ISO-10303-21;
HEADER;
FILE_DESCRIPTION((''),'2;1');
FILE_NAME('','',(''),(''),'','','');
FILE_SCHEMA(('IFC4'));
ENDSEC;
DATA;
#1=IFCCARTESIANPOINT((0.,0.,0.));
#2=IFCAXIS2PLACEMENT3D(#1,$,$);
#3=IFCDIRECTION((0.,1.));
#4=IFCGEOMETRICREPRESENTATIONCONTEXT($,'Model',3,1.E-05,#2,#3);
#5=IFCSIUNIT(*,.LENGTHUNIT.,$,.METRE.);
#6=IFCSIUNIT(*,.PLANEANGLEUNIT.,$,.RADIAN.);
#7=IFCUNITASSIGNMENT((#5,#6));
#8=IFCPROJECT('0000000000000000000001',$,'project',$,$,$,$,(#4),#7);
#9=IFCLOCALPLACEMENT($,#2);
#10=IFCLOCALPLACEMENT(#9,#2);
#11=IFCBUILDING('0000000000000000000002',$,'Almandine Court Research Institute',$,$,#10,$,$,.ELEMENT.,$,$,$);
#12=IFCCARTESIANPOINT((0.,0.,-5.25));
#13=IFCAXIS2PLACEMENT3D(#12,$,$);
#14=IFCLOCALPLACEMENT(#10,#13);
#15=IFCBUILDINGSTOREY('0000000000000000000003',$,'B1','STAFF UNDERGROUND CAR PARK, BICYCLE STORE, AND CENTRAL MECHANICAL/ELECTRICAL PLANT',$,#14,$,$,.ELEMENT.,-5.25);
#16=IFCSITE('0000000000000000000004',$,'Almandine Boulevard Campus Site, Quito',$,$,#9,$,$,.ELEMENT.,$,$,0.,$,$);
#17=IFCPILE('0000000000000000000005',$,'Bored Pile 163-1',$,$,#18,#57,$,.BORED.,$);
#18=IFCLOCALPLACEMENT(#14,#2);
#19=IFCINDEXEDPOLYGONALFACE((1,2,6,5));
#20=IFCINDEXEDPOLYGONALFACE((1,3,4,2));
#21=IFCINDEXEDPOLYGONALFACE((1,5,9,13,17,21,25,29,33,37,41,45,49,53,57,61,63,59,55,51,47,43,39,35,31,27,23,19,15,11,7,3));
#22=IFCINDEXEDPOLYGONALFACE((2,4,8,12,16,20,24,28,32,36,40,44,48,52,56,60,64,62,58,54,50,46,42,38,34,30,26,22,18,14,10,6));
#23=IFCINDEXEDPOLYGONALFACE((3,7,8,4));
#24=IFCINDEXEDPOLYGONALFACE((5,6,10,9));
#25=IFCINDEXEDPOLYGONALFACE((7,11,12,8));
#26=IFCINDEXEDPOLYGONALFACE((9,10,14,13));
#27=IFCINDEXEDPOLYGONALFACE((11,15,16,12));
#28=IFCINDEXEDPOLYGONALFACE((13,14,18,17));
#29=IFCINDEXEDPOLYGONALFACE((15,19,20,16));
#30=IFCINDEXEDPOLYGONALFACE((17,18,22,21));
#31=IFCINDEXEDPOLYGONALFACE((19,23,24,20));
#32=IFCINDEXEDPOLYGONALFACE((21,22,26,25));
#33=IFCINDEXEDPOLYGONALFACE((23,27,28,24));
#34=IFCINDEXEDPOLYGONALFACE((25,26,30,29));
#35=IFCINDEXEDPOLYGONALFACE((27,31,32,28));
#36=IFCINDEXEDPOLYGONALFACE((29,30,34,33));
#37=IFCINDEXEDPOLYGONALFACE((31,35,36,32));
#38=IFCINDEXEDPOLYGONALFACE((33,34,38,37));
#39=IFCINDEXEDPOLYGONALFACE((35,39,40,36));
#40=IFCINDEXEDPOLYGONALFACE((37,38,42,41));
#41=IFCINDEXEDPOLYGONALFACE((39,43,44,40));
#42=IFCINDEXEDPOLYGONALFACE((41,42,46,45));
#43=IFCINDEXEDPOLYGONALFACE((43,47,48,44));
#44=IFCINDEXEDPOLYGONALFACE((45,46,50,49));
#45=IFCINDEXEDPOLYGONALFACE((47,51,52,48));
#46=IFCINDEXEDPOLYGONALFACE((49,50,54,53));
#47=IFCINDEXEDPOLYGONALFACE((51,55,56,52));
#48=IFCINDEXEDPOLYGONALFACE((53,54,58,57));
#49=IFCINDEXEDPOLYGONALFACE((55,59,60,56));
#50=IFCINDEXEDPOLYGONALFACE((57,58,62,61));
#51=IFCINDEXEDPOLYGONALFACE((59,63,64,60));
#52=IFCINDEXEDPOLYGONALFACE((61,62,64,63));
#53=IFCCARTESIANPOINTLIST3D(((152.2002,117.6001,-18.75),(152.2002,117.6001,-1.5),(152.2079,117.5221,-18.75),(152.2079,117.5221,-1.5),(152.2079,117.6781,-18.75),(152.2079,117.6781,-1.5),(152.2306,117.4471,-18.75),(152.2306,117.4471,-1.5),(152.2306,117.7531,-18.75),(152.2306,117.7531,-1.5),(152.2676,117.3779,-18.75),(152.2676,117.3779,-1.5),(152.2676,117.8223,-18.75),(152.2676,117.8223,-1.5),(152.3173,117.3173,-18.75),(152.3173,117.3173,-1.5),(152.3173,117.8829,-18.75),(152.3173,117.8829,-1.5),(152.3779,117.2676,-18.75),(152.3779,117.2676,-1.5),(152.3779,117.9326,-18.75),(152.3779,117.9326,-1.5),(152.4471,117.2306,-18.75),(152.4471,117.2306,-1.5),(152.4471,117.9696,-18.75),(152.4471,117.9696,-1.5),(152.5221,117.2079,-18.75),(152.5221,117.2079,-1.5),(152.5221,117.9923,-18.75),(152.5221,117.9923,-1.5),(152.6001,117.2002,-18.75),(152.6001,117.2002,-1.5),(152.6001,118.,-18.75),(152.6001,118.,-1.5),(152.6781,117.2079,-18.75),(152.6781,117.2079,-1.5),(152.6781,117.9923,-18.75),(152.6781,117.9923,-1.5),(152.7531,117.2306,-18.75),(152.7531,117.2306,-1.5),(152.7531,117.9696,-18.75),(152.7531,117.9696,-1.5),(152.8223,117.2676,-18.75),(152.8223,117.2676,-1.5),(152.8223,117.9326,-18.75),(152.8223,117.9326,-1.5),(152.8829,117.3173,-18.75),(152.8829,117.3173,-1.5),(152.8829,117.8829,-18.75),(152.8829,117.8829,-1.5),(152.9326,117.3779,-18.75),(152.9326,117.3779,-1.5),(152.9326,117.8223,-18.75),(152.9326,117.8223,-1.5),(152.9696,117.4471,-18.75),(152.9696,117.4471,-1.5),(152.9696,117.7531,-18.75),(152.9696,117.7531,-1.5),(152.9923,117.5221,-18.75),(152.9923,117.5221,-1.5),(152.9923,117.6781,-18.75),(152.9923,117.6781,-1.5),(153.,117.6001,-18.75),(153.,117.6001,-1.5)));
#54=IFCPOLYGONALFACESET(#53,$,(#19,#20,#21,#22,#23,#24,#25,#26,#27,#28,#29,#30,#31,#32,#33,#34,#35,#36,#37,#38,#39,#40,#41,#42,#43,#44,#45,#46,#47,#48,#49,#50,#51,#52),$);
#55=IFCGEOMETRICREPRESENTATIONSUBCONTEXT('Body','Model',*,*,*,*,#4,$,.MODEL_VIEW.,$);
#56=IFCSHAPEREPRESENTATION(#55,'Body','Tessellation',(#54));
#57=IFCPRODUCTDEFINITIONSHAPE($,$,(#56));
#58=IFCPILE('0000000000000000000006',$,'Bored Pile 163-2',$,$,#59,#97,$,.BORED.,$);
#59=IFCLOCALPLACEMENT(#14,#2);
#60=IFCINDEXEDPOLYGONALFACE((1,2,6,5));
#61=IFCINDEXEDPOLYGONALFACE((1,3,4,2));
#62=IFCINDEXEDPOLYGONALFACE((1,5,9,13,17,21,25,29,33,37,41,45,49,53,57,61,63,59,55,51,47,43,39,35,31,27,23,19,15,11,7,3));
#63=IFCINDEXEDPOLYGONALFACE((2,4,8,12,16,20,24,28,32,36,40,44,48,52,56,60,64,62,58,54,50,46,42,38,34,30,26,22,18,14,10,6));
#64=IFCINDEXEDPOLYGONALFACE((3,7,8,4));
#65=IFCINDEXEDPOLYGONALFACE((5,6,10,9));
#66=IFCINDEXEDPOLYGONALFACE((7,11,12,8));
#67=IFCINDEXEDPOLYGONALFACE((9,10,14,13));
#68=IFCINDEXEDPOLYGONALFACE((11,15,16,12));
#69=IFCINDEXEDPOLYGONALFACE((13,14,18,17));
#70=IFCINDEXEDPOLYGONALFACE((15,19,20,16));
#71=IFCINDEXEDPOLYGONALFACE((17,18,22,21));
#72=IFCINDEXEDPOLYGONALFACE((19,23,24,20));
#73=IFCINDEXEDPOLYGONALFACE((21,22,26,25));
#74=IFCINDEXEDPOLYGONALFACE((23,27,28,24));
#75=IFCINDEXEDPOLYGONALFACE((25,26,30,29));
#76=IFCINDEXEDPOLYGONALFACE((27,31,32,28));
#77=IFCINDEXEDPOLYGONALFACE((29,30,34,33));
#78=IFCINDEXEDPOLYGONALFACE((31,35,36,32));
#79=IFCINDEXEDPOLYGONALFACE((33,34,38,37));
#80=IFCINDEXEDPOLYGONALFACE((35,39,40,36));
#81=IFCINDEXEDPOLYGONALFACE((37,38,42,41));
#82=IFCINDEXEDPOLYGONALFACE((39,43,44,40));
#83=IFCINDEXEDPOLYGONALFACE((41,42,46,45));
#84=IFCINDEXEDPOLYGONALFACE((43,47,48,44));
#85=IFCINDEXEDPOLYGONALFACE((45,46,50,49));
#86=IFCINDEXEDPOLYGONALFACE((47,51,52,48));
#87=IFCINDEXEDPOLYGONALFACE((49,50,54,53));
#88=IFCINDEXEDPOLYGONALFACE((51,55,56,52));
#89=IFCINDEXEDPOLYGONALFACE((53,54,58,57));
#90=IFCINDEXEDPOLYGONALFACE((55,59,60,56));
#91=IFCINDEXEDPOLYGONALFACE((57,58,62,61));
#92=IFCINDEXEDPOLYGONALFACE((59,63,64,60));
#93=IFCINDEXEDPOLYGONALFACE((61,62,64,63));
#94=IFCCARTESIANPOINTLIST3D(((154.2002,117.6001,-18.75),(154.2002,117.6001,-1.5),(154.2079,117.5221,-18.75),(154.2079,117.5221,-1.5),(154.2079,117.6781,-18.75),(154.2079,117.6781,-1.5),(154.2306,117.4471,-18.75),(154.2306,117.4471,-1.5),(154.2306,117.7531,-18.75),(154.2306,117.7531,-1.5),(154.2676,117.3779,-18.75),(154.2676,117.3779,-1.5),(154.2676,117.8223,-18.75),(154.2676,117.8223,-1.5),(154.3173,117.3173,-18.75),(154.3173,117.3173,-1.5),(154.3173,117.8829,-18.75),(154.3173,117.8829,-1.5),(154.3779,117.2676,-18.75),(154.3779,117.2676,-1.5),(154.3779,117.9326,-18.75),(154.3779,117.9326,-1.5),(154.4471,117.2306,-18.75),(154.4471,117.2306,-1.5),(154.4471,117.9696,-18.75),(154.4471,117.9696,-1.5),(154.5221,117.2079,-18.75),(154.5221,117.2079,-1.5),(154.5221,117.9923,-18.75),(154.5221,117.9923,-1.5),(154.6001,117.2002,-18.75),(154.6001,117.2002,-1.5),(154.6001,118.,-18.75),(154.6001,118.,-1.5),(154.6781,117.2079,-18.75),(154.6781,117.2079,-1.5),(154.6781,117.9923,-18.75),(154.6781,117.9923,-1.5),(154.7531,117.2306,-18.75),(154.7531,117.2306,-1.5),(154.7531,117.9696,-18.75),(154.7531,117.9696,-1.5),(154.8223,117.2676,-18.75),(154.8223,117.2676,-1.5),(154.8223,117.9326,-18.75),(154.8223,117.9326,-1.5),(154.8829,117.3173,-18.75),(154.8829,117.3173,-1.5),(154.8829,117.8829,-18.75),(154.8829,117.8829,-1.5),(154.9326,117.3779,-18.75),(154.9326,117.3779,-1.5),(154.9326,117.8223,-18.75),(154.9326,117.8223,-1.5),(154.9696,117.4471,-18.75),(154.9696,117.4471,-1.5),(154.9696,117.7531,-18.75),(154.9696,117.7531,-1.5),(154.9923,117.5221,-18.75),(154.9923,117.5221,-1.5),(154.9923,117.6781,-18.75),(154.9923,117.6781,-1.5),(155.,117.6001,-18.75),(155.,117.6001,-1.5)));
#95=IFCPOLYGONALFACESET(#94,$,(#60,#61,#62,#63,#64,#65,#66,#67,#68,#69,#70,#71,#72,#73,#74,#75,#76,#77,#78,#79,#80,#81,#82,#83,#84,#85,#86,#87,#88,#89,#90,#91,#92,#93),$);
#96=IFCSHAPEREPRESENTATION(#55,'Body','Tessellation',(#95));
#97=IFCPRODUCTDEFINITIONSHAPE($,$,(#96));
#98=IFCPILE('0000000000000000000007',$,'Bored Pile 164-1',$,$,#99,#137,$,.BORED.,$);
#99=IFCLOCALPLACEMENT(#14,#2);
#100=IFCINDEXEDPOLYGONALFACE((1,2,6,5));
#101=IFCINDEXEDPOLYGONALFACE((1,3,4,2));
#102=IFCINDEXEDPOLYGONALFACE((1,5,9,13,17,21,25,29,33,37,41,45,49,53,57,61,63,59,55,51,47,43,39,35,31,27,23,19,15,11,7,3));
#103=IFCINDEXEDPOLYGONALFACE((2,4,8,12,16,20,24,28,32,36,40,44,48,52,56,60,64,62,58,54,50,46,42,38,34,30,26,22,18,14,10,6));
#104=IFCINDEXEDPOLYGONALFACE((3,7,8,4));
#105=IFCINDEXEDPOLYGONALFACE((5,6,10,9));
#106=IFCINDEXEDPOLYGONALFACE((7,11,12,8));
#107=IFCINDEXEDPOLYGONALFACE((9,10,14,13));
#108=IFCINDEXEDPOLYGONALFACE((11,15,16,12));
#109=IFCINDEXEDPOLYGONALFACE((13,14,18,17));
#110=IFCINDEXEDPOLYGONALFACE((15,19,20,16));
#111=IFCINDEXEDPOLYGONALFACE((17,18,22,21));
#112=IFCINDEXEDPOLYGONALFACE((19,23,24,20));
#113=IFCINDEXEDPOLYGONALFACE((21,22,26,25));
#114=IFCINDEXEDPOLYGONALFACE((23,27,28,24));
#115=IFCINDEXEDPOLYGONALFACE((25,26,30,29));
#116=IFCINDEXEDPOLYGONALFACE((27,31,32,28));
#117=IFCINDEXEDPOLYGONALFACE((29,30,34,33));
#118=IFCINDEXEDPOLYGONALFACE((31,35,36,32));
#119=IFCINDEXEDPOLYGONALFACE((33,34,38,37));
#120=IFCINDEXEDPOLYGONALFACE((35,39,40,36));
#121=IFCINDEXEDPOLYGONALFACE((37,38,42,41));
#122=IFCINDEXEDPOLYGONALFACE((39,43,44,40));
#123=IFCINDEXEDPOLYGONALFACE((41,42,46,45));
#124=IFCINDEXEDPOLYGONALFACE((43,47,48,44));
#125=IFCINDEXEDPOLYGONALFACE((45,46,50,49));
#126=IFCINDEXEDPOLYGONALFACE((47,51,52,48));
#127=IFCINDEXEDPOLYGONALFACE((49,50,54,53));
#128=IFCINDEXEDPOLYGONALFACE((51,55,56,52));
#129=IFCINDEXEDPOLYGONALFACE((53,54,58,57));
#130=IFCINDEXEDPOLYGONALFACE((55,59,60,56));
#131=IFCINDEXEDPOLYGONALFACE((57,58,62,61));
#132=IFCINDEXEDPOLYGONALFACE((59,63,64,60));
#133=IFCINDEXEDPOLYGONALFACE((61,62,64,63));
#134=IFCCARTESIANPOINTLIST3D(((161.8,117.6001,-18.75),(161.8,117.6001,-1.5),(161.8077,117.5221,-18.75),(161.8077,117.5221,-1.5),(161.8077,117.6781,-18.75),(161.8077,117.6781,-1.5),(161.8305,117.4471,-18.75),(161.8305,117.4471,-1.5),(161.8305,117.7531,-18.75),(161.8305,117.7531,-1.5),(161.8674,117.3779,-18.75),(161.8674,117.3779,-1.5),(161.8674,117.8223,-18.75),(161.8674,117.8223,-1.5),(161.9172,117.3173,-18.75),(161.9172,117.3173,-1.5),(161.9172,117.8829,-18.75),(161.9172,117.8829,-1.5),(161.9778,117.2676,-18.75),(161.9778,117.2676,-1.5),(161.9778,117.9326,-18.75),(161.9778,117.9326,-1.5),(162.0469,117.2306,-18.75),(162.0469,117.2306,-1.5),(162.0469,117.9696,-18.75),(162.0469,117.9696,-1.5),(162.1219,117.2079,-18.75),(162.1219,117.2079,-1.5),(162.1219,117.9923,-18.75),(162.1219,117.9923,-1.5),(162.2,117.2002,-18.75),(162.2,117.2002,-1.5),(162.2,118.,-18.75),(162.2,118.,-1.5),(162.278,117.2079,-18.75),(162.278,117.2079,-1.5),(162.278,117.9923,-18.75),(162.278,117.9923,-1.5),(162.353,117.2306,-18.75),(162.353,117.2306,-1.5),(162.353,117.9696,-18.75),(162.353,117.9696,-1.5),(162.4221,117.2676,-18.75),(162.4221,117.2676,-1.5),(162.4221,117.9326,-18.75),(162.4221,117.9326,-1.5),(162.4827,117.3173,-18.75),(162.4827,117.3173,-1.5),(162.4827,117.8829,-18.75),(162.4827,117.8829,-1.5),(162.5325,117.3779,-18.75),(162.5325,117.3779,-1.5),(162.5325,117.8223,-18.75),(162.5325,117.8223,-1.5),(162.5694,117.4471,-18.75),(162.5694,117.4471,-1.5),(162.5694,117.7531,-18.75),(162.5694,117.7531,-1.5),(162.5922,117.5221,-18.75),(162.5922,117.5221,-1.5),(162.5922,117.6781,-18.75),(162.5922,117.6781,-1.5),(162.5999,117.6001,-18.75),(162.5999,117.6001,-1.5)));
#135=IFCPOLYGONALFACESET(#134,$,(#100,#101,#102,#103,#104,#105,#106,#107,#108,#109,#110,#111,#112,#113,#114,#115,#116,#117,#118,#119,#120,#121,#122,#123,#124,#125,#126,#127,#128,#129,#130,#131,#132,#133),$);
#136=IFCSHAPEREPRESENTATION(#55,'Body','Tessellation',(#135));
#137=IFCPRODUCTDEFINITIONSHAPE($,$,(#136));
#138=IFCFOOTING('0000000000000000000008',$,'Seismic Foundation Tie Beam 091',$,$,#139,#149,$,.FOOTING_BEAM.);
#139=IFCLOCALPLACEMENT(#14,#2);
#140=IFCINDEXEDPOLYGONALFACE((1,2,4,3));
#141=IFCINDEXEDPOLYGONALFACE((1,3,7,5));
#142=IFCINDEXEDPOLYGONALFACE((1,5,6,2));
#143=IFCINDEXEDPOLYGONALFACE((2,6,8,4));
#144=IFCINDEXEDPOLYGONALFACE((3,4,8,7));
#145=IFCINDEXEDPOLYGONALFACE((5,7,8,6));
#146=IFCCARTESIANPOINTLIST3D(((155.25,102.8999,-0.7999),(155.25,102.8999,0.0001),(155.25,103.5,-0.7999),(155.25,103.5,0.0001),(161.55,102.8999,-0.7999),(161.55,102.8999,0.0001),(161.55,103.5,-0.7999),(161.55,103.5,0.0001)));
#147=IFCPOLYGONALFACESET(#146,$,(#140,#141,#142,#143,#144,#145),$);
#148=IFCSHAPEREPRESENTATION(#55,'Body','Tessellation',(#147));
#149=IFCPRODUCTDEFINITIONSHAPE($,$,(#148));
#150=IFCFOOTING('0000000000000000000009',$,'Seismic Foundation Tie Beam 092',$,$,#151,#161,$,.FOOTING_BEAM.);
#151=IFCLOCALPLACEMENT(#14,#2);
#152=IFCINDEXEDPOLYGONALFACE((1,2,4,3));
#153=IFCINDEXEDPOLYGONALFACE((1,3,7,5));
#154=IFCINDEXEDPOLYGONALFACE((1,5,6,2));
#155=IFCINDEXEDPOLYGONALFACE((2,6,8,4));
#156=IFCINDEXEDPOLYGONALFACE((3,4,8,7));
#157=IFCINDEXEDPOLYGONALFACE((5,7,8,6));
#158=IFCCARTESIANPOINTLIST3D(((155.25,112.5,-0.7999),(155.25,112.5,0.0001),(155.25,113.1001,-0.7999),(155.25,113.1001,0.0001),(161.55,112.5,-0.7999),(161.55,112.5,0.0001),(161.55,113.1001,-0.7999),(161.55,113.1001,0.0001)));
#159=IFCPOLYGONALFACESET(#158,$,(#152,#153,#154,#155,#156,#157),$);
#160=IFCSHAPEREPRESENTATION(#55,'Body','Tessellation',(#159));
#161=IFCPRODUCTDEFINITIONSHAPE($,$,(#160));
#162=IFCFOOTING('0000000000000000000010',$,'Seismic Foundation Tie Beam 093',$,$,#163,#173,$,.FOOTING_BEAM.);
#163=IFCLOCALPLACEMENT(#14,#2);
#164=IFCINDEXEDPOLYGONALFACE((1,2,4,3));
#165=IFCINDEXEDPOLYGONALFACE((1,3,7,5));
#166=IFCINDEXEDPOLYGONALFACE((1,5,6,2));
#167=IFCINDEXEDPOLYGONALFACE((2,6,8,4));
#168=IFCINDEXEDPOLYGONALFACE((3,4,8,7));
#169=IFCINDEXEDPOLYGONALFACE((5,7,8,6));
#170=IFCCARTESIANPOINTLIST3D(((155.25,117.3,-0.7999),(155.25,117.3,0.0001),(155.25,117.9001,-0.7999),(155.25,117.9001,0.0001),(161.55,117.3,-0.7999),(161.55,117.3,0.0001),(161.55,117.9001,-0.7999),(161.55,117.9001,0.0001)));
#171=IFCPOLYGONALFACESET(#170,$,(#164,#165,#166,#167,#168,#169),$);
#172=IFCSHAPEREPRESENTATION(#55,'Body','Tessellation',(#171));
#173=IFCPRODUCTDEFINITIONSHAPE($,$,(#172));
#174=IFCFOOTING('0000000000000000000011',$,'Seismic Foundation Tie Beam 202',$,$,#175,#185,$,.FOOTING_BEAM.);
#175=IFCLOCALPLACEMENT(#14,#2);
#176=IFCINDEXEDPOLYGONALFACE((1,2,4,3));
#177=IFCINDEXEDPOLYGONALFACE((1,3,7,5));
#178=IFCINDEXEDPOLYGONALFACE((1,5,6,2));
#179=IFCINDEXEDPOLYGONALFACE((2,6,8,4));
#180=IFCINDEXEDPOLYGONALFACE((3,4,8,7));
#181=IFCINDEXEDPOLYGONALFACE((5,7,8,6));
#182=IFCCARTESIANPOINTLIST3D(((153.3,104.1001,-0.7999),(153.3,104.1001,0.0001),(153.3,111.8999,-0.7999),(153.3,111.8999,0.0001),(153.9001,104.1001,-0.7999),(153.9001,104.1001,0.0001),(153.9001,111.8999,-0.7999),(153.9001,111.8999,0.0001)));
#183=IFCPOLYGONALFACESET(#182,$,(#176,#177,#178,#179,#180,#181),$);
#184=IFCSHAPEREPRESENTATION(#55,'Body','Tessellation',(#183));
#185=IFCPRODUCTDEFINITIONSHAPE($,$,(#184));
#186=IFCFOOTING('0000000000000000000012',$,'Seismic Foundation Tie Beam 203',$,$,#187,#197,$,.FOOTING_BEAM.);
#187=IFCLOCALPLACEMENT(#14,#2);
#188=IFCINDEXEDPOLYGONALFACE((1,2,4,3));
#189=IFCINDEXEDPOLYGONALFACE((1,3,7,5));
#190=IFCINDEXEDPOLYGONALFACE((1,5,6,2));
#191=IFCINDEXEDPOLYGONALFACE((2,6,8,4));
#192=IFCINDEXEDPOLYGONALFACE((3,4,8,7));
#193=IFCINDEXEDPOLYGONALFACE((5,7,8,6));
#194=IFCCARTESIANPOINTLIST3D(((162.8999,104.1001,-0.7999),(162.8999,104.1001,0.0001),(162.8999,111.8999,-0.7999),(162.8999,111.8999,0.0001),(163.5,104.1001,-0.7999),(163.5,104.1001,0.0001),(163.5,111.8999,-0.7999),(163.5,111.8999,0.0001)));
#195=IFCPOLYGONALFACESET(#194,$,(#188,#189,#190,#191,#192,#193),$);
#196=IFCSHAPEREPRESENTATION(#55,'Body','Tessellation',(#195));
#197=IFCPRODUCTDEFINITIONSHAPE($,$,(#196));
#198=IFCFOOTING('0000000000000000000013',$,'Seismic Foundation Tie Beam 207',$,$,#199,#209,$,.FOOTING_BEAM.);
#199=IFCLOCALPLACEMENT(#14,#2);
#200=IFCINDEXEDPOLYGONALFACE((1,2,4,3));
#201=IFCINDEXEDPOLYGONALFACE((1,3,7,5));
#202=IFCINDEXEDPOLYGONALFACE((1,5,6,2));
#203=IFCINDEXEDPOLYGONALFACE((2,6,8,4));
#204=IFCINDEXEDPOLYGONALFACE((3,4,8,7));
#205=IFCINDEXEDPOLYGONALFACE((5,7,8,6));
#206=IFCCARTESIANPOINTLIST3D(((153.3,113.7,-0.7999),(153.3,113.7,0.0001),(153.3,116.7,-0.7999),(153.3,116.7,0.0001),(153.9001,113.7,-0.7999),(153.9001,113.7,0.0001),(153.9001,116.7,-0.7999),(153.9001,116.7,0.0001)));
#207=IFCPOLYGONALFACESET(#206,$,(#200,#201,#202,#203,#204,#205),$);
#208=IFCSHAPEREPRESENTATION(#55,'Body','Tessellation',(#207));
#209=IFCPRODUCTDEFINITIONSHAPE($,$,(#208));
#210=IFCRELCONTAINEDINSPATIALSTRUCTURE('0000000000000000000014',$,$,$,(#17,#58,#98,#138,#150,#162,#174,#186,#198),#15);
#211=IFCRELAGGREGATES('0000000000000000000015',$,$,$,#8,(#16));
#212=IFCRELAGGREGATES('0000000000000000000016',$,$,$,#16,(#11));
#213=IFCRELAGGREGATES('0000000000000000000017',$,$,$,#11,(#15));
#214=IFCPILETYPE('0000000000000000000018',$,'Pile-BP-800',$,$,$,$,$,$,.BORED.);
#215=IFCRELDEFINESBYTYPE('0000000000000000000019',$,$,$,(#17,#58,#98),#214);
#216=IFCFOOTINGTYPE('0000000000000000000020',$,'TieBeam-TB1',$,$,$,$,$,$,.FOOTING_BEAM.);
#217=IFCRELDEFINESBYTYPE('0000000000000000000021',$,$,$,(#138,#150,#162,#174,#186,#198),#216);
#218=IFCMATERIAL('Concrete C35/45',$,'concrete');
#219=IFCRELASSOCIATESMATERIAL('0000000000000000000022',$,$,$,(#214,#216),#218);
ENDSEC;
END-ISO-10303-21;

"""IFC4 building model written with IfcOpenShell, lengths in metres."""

from ifc_helpers import new_model, si_unit, direction, frame, origin, origin_2d, place, context, subcontext, project, spatial, rectangle, circle, extrude, material, material_profile, profile_set, type_object, element, save


model = new_model("IFC4")

# Units and contexts
model_context = context("Model", 3, precision=1e-05, world=origin(), true_north=direction((0.0, 1.0)))
body_context = subcontext(model_context, "Body", "Model", "MODEL_VIEW")
ifc_project = project(units=[si_unit("LENGTHUNIT", "METRE"), si_unit("PLANEANGLEUNIT", "RADIAN")], contexts=[model_context])

# Site, building, storey
site_placement = place(None, origin())
site = spatial("IfcSite", under=ifc_project, at=site_placement, Name="Almandine Boulevard Campus Site, Quito", CompositionType="ELEMENT", RefElevation=0.0)
building_placement = place(site_placement, origin())
building = spatial("IfcBuilding", under=site, at=building_placement, Name="Almandine Court Research Institute", CompositionType="ELEMENT")
storey_placement = place(building_placement, frame((0.0, 0.0, -5.25)))
storey = spatial("IfcBuildingStorey", under=building, at=storey_placement, Name="B1", Description="STAFF UNDERGROUND CAR PARK, BICYCLE STORE, AND CENTRAL MECHANICAL/ELECTRICAL PLANT", CompositionType="ELEMENT", Elevation=-5.25)

# Shared definitions
ifc_material_1 = material(Name="Concrete C35/45", Category="concrete")

# Piles
ifc_material_profile_1 = material_profile(ifc_material_1, circle(Radius=0.3999, at=origin_2d()), Name="BORED PILE D800")
ifc_profile_set_1 = profile_set([ifc_material_profile_1], Name="Concrete C35/45")
pile_type = type_object("IfcPileType", Name="Pile-BP-800", PredefinedType="BORED", material=ifc_profile_set_1)
for number, where, z_axis, x_axis, name in (
    (1, (152.6001, 117.6001, -1.5), (0.0, 0.0, -1.0), (1.0, 0.0, 0.0), "Bored Pile 163-1"),
    (2, (154.6001, 117.6001, -1.5), (0.0, 0.0, -1.0), (1.0, 0.0, 0.0), "Bored Pile 163-2"),
    (3, (162.2, 117.6001, -1.5), (0.0, 0.0, -1.0), (1.0, 0.0, 0.0), "Bored Pile 164-1"),
):
    element("IfcPile", number, at=place(storey_placement, frame(where, z_axis=z_axis, x_axis=x_axis)), inside=storey, type_object=pile_type, Name=name, PredefinedType="BORED", context=body_context, shape_type="SweptSolid", body=[
        extrude(circle(Radius=0.3999, at=origin_2d()), origin(), (0.0, 0.0, 1.0), 17.25),
    ])

# Footings
ifc_material_profile_2 = material_profile(ifc_material_1, rectangle(XDim=0.6001, YDim=0.8, at=origin_2d()), Name="RC TIE 600x800")
ifc_profile_set_2 = profile_set([ifc_material_profile_2], Name="Concrete C35/45")
footing_type_1 = type_object("IfcFootingType", Name="TieBeam-TB1", PredefinedType="FOOTING_BEAM", material=ifc_profile_set_2)
for number, where, z_axis, x_axis, name in (
    (4, (155.25, 103.2, -0.3999), (1.0, 0.0, 0.0), (0.0, 1.0, 0.0), "Seismic Foundation Tie Beam 091"),
    (5, (155.25, 112.8, -0.3999), (1.0, 0.0, 0.0), (0.0, 1.0, 0.0), "Seismic Foundation Tie Beam 092"),
    (6, (155.25, 117.6001, -0.3999), (1.0, 0.0, 0.0), (0.0, 1.0, 0.0), "Seismic Foundation Tie Beam 093"),
):
    element("IfcFooting", number, at=place(storey_placement, frame(where, z_axis=z_axis, x_axis=x_axis)), inside=storey, type_object=footing_type_1, Name=name, PredefinedType="FOOTING_BEAM", context=body_context, shape_type="SweptSolid", body=[
        extrude(rectangle(XDim=0.6001, YDim=0.8, at=origin_2d()), origin(), (0.0, 0.0, 1.0), 6.3),
    ])
for number, where, z_axis, x_axis, name in (
    (7, (153.6001, 104.1001, -0.3999), (0.0, 1.0, 0.0), (-1.0, 0.0, 0.0), "Seismic Foundation Tie Beam 202"),
    (8, (163.2, 104.1001, -0.3999), (0.0, 1.0, 0.0), (-1.0, 0.0, 0.0), "Seismic Foundation Tie Beam 203"),
):
    element("IfcFooting", number, at=place(storey_placement, frame(where, z_axis=z_axis, x_axis=x_axis)), inside=storey, type_object=footing_type_1, Name=name, PredefinedType="FOOTING_BEAM", context=body_context, shape_type="SweptSolid", body=[
        extrude(rectangle(XDim=0.6001, YDim=0.8, at=origin_2d()), origin(), (0.0, 0.0, 1.0), 7.7998),
    ])
footing_placement = place(storey_placement, frame((153.6001, 113.7, -0.3999), z_axis=(0.0, 1.0, 0.0), x_axis=(-1.0, 0.0, 0.0)))
element("IfcFooting", 9, at=footing_placement, inside=storey, type_object=footing_type_1, Name="Seismic Foundation Tie Beam 207", PredefinedType="FOOTING_BEAM", context=body_context, shape_type="SweptSolid", body=[
    extrude(rectangle(XDim=0.6001, YDim=0.8, at=origin_2d()), origin(), (0.0, 0.0, 1.0), 3.0),
])

save(model, "model.ifc")
